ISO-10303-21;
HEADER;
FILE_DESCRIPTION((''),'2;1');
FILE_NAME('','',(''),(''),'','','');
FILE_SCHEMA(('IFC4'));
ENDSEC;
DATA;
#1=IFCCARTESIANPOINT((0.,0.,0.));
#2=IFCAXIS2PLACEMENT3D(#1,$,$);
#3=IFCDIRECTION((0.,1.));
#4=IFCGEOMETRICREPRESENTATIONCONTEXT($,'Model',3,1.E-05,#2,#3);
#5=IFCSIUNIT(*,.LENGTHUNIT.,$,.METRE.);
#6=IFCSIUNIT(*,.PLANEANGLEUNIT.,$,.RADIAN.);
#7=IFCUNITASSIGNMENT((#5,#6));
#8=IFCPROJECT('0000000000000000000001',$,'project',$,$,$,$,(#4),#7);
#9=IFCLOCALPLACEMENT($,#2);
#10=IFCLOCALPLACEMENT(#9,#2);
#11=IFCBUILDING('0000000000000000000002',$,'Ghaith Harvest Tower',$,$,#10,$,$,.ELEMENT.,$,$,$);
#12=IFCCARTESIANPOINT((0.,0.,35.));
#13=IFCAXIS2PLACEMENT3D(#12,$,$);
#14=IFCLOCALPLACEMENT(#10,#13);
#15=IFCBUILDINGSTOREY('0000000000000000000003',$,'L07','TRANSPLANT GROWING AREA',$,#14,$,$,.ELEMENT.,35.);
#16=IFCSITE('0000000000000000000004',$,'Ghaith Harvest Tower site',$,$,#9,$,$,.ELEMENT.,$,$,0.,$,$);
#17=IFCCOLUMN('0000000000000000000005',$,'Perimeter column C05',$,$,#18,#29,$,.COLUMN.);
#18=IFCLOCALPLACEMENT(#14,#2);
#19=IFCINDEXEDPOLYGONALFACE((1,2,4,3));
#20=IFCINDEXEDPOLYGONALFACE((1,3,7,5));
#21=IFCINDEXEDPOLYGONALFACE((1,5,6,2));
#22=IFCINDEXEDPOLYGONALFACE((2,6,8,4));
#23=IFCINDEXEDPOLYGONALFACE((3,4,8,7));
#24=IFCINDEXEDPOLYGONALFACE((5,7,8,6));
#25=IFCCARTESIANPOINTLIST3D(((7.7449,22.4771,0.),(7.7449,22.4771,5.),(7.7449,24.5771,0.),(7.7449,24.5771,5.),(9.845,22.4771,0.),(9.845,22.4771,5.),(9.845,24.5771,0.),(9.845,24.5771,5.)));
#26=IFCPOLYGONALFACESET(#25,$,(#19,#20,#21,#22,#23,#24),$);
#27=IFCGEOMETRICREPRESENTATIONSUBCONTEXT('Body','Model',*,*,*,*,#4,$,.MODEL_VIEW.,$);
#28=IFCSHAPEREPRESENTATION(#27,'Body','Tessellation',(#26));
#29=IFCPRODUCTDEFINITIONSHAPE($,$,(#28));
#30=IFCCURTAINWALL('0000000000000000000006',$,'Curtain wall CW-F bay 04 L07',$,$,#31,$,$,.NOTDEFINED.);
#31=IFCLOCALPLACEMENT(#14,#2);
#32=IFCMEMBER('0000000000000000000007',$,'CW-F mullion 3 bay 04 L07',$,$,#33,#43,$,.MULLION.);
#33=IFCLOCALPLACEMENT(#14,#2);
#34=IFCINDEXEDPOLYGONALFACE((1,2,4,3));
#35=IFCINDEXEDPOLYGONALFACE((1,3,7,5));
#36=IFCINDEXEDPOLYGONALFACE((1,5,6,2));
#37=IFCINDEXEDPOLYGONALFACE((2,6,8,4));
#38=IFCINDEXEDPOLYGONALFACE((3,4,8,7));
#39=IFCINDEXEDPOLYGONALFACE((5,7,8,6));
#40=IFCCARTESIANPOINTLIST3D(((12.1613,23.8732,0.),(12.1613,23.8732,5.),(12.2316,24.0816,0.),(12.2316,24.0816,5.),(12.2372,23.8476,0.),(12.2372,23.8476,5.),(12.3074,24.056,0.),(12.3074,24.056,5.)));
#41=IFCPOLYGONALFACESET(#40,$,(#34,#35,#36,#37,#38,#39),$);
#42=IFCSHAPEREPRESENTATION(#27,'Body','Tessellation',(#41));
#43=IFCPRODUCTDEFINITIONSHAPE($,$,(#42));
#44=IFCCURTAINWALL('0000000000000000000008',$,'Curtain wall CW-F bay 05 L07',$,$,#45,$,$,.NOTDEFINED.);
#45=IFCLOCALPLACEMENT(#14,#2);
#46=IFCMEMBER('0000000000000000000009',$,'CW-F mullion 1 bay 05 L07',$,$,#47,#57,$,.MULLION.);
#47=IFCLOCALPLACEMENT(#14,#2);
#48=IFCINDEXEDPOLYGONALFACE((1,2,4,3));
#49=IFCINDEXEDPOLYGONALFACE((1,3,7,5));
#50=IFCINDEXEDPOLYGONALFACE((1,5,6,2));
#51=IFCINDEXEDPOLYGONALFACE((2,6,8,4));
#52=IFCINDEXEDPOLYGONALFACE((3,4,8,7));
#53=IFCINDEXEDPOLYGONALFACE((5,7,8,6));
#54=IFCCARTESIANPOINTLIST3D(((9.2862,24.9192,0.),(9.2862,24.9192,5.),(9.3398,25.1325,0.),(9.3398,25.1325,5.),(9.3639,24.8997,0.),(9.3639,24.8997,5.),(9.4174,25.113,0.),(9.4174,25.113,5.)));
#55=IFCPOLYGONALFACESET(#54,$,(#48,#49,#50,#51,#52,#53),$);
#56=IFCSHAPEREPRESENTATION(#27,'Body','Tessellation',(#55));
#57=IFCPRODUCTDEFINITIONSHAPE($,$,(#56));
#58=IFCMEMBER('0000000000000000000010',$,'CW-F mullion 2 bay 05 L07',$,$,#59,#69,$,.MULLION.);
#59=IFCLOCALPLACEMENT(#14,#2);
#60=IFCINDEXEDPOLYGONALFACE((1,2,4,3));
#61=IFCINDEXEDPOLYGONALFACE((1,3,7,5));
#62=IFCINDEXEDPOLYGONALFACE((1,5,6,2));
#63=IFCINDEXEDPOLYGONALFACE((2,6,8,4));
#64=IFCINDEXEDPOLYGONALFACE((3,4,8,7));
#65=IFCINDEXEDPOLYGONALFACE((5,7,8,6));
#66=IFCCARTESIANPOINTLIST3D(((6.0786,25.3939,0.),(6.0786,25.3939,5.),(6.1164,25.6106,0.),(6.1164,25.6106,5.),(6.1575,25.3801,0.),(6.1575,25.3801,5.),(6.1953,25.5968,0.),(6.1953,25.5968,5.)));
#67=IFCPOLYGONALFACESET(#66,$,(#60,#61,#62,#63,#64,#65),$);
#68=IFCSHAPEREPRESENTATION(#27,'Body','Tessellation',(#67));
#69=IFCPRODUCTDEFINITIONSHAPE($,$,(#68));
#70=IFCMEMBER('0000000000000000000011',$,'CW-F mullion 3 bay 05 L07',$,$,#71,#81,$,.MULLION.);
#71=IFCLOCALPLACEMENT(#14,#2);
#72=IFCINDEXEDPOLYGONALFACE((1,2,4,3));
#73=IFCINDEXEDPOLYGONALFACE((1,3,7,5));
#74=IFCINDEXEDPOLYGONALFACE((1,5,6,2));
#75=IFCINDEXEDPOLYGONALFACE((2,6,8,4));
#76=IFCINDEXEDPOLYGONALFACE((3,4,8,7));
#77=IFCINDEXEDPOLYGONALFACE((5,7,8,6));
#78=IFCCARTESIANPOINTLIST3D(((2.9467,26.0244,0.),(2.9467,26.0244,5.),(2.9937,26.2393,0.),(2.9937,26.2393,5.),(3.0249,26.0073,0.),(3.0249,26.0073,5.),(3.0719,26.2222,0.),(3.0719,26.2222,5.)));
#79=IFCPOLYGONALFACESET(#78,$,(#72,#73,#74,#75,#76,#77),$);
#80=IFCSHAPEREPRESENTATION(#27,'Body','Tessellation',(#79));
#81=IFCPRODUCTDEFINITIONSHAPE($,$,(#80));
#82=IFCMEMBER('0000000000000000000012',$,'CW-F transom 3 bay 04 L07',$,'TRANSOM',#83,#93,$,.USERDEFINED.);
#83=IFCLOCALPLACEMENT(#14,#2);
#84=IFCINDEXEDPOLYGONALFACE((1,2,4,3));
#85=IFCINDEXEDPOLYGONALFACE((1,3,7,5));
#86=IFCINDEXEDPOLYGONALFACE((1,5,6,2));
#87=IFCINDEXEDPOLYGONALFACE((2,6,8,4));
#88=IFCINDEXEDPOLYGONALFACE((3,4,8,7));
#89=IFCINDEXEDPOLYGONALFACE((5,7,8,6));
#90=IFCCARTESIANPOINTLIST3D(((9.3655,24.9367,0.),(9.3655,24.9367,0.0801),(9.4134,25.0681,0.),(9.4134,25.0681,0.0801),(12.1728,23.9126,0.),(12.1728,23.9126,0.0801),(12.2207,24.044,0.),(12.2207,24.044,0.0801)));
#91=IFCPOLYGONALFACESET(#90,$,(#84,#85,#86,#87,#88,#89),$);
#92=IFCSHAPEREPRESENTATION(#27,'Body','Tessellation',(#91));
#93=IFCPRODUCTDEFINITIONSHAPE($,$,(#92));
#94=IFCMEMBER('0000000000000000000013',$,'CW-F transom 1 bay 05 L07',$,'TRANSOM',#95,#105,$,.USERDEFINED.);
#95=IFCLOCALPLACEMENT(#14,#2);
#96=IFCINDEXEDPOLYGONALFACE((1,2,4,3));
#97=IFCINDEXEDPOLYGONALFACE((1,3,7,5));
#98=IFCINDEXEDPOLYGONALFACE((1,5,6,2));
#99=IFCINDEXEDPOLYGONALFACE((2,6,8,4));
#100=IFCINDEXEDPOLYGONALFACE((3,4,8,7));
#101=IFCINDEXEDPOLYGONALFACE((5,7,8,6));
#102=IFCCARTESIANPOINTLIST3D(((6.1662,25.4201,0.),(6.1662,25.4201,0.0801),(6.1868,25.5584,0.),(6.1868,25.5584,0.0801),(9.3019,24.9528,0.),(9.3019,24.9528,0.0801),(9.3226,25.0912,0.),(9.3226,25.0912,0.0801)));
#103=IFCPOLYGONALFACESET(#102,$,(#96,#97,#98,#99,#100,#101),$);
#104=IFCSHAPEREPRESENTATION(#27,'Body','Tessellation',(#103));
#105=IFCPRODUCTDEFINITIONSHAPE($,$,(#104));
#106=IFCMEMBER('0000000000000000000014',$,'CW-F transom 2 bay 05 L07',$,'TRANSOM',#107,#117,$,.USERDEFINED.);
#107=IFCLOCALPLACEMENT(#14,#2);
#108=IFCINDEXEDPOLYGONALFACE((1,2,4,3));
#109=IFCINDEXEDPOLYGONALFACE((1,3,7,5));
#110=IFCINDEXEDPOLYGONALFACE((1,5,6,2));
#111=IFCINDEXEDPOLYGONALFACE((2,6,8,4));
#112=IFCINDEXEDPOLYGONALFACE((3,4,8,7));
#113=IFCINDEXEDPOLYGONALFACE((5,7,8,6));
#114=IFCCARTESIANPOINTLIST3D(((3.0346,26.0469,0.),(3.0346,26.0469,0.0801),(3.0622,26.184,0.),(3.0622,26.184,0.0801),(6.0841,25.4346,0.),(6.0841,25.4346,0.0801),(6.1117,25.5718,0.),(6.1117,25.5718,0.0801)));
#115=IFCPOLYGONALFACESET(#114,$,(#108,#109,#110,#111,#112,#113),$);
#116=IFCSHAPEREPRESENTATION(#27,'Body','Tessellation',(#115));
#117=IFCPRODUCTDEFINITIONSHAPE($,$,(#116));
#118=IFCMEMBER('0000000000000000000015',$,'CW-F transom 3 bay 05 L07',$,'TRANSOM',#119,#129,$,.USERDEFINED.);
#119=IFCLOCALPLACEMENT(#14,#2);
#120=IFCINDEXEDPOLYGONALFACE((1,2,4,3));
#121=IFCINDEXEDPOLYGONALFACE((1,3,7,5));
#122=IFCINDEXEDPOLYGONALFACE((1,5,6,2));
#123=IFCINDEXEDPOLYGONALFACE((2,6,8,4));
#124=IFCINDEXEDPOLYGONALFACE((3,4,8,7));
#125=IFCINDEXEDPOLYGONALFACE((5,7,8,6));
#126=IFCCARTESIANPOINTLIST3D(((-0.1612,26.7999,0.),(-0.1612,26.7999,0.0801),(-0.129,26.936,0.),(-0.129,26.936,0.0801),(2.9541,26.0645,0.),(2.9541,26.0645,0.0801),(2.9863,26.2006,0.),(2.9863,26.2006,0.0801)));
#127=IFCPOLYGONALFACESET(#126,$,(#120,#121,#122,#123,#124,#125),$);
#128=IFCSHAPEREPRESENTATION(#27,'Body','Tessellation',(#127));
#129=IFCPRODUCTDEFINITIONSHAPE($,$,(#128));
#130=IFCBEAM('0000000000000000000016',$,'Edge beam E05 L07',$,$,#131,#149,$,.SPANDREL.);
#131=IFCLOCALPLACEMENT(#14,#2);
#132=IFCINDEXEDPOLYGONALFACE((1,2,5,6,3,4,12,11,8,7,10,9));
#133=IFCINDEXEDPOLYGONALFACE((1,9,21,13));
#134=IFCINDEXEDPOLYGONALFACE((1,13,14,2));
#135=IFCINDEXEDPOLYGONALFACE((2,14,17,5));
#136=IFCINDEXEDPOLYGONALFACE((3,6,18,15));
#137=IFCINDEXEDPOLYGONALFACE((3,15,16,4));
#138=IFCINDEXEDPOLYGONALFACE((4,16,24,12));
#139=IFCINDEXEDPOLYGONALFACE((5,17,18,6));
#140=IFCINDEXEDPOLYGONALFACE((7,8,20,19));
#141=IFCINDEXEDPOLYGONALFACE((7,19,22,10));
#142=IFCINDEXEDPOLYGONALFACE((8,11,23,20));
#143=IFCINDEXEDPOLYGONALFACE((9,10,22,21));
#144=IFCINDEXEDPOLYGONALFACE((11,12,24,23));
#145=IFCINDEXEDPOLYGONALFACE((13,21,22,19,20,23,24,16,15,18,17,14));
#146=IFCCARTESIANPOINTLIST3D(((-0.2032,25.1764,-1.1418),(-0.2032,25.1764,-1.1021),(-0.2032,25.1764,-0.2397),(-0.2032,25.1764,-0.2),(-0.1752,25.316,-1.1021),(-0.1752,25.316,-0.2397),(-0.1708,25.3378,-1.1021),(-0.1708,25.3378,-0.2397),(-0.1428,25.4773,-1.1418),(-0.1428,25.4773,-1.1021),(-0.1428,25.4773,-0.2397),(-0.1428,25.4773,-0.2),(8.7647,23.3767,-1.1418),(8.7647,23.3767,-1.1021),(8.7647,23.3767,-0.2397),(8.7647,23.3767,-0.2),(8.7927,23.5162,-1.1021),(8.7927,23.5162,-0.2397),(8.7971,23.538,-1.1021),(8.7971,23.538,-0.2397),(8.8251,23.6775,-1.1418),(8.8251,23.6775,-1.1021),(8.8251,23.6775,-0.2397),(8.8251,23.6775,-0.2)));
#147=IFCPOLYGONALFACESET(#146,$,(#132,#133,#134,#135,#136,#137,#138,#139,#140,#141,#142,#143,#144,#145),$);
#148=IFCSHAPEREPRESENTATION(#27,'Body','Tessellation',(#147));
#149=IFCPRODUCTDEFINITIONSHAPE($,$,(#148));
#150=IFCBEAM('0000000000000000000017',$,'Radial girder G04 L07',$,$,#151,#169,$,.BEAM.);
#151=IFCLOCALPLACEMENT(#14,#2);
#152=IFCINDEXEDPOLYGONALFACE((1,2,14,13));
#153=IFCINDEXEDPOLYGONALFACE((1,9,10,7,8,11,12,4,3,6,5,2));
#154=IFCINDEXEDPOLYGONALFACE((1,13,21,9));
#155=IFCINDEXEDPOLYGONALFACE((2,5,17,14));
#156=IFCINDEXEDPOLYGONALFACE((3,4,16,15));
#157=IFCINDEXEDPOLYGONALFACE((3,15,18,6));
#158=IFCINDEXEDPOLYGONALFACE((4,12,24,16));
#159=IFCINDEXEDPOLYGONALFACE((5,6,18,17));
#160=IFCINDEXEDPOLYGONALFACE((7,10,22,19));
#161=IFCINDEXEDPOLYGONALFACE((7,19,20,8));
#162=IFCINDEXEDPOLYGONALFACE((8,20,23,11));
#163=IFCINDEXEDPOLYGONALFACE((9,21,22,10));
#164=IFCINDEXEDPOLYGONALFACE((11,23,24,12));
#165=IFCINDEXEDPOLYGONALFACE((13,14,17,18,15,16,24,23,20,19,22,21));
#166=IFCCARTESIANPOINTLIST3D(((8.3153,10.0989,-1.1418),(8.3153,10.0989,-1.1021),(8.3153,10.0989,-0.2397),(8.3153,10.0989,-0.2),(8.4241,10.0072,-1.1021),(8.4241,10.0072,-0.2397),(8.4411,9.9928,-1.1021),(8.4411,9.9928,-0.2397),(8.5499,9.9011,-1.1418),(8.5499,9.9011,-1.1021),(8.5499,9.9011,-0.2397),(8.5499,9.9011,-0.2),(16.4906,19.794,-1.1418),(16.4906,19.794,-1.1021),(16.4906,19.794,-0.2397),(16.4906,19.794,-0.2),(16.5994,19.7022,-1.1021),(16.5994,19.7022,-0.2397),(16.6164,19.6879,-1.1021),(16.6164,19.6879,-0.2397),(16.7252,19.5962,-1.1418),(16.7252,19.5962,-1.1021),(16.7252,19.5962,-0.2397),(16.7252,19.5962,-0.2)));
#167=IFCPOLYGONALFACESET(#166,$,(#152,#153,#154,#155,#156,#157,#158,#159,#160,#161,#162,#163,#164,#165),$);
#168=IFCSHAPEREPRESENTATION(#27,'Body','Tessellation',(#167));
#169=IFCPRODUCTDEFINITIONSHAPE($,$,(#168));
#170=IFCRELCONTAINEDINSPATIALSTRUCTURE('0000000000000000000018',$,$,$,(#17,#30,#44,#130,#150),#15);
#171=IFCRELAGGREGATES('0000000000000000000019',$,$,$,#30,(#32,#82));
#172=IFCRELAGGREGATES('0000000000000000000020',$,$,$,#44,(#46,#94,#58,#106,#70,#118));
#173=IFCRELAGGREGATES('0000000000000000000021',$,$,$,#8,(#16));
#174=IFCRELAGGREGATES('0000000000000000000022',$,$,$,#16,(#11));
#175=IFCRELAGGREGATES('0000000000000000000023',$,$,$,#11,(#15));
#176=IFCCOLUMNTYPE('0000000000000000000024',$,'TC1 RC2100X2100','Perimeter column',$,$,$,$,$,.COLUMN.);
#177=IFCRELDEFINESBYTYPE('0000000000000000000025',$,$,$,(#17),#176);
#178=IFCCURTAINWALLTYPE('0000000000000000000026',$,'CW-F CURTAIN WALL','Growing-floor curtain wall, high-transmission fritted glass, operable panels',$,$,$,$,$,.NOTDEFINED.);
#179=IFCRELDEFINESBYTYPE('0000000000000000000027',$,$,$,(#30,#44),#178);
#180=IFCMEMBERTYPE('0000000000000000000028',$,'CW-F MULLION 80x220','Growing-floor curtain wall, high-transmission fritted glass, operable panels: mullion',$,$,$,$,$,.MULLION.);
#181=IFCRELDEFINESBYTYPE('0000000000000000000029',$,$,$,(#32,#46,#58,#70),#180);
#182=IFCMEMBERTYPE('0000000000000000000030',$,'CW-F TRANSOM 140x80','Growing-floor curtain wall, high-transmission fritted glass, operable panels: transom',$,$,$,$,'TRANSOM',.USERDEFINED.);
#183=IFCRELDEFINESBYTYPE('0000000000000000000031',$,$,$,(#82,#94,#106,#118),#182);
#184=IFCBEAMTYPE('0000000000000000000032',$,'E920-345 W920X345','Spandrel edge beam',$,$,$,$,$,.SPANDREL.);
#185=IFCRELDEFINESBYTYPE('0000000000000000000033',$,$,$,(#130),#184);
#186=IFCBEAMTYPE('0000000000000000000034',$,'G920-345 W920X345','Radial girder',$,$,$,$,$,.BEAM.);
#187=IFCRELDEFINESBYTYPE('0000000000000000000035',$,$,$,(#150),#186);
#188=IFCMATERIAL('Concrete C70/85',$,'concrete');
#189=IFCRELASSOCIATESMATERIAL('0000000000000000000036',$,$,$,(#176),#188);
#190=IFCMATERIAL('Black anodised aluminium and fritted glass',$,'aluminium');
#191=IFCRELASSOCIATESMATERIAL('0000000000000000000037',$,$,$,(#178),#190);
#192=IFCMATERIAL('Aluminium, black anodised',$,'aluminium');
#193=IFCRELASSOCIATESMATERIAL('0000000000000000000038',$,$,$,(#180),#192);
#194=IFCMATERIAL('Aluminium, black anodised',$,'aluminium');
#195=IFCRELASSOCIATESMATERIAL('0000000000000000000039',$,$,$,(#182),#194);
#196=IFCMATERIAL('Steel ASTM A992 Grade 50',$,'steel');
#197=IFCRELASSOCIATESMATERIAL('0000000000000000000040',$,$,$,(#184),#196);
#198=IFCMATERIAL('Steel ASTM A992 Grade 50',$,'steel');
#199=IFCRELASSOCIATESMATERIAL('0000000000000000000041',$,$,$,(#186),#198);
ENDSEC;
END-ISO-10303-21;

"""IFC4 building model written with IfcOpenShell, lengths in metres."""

from ifc_helpers import new_model, si_unit, direction, frame, origin, origin_2d, place, context, subcontext, project, spatial, rectangle, i_section, extrude, material, material_profile, profile_set, type_object, element, aggregate, save


model = new_model("IFC4")

# Units and contexts
model_context = context("Model", 3, precision=1e-05, world=origin(), true_north=direction((0.0, 1.0)))
body_context = subcontext(model_context, "Body", "Model", "MODEL_VIEW")
ifc_project = project(units=[si_unit("LENGTHUNIT", "METRE"), si_unit("PLANEANGLEUNIT", "RADIAN")], contexts=[model_context])

# Site, building, storey
site_placement = place(None, origin())
site = spatial("IfcSite", under=ifc_project, at=site_placement, Name="Ghaith Harvest Tower site", CompositionType="ELEMENT", RefElevation=0.0)
building_placement = place(site_placement, origin())
building = spatial("IfcBuilding", under=site, at=building_placement, Name="Ghaith Harvest Tower", CompositionType="ELEMENT")
storey_placement = place(building_placement, frame((0.0, 0.0, 35.0)))
storey = spatial("IfcBuildingStorey", under=building, at=storey_placement, Name="L07", Description="TRANSPLANT GROWING AREA", CompositionType="ELEMENT", Elevation=35.0)

# Column
ifc_material_1 = material(Name="Concrete C70/85", Category="concrete")
ifc_material_profile_1 = material_profile(ifc_material_1, rectangle(XDim=2.1001, YDim=2.1001, at=origin_2d()), Name="RC2100X2100")
ifc_profile_set_1 = profile_set([ifc_material_profile_1], Name="Concrete C70/85")
column_type = type_object("IfcColumnType", Name="TC1 RC2100X2100", Description="Perimeter column", PredefinedType="COLUMN", material=ifc_profile_set_1)
column_placement = place(storey_placement, frame((8.7949, 23.5271, 0.0), z_axis=(0.0, 0.0, 1.0), x_axis=(1.0, 0.0, 0.0)))
element("IfcColumn", 1, at=column_placement, inside=storey, type_object=column_type, Name="Perimeter column C05", PredefinedType="COLUMN", context=body_context, shape_type="SweptSolid", body=[
    extrude(rectangle(XDim=2.1001, YDim=2.1001, at=origin_2d()), origin(), (0.0, 0.0, 1.0), 5.0),
])

# Curtain wall, member
ifc_material_2 = material(Name="Black anodised aluminium and fritted glass", Category="aluminium")
curtain_wall_type = type_object("IfcCurtainWallType", Name="CW-F CURTAIN WALL", Description="Growing-floor curtain wall, high-transmission fritted glass, operable panels", PredefinedType="NOTDEFINED", material=ifc_material_2)
curtain_wall_1_placement = place(storey_placement, origin())
curtain_wall_1 = element("IfcCurtainWall", 2, at=curtain_wall_1_placement, inside=storey, type_object=curtain_wall_type, Name="Curtain wall CW-F bay 04 L07", PredefinedType="NOTDEFINED")
ifc_material_3 = material(Name="Aluminium, black anodised", Category="aluminium")
ifc_material_profile_2 = material_profile(ifc_material_3, rectangle(XDim=0.0801, YDim=0.22, at=origin_2d()), Name="CW-F MULLION 80x220")
ifc_profile_set_2 = profile_set([ifc_material_profile_2], Name="Aluminium, black anodised")
member_type_1 = type_object("IfcMemberType", Name="CW-F MULLION 80x220", Description="Growing-floor curtain wall, high-transmission fritted glass, operable panels: mullion", PredefinedType="MULLION", material=ifc_profile_set_2)
member_1_placement = place(storey_placement, frame((12.2344, 23.9646, 0.0), z_axis=(0.0, 0.0, 1.0), x_axis=(-0.947653, 0.319301, 0.0)))
member_1 = element("IfcMember", 3, at=member_1_placement, type_object=member_type_1, Name="CW-F mullion 3 bay 04 L07", PredefinedType="MULLION", context=body_context, shape_type="SweptSolid", body=[
    extrude(rectangle(XDim=0.0801, YDim=0.22, at=origin_2d()), origin(), (0.0, 0.0, 1.0), 5.0),
])

# Curtain wall, members
curtain_wall_2_placement = place(storey_placement, origin())
curtain_wall_2 = element("IfcCurtainWall", 4, at=curtain_wall_2_placement, inside=storey, type_object=curtain_wall_type, Name="Curtain wall CW-F bay 05 L07", PredefinedType="NOTDEFINED")
member_2_placement = place(storey_placement, frame((9.3518, 25.0161, 0.0), z_axis=(0.0, 0.0, 1.0), x_axis=(-0.969903, 0.24349, 0.0)))
member_2 = element("IfcMember", 5, at=member_2_placement, type_object=member_type_1, Name="CW-F mullion 1 bay 05 L07", PredefinedType="MULLION", context=body_context, shape_type="SweptSolid", body=[
    extrude(rectangle(XDim=0.0801, YDim=0.22, at=origin_2d()), origin(), (0.0, 0.0, 1.0), 5.0),
])
member_3_placement = place(storey_placement, frame((6.137, 25.4954, 0.0), z_axis=(0.0, 0.0, 1.0), x_axis=(-0.985104, 0.171961, 0.0)))
member_3 = element("IfcMember", 6, at=member_3_placement, type_object=member_type_1, Name="CW-F mullion 2 bay 05 L07", PredefinedType="MULLION", context=body_context, shape_type="SweptSolid", body=[
    extrude(rectangle(XDim=0.0801, YDim=0.22, at=origin_2d()), origin(), (0.0, 0.0, 1.0), 5.0),
])
member_4_placement = place(storey_placement, frame((3.0093, 26.1233, 0.0), z_axis=(0.0, 0.0, 1.0), x_axis=(-0.976927, 0.213572, 0.0)))
member_4 = element("IfcMember", 7, at=member_4_placement, type_object=member_type_1, Name="CW-F mullion 3 bay 05 L07", PredefinedType="MULLION", context=body_context, shape_type="SweptSolid", body=[
    extrude(rectangle(XDim=0.0801, YDim=0.22, at=origin_2d()), origin(), (0.0, 0.0, 1.0), 5.0),
])

# Members
ifc_material_4 = material(Name="Aluminium, black anodised", Category="aluminium")
ifc_material_profile_3 = material_profile(ifc_material_4, rectangle(XDim=0.1399, YDim=0.0801, at=origin_2d()), Name="CW-F TRANSOM 140x80")
ifc_profile_set_3 = profile_set([ifc_material_profile_3], Name="Aluminium, black anodised")
member_type_2 = type_object("IfcMemberType", Name="CW-F TRANSOM 140x80", Description="Growing-floor curtain wall, high-transmission fritted glass, operable panels: transom", ElementType="TRANSOM", PredefinedType="USERDEFINED", material=ifc_profile_set_3)
member_5_placement = place(storey_placement, frame((12.1968, 23.9783, 0.04), z_axis=(-0.939438, 0.34272, 0.0), x_axis=(-0.34272, -0.939438, 0.0)))
member_5 = element("IfcMember", 8, at=member_5_placement, type_object=member_type_2, Name="CW-F transom 3 bay 04 L07", ObjectType="TRANSOM", PredefinedType="USERDEFINED", context=body_context, shape_type="SweptSolid", body=[
    extrude(rectangle(XDim=0.1399, YDim=0.0801, at=origin_2d()), origin(), (0.0, 0.0, 1.0), 2.9883),
])
member_6_placement = place(storey_placement, frame((9.3123, 25.022, 0.04), z_axis=(-0.989078, 0.147391, 0.0), x_axis=(-0.147391, -0.989078, 0.0)))
member_6 = element("IfcMember", 9, at=member_6_placement, type_object=member_type_2, Name="CW-F transom 1 bay 05 L07", ObjectType="TRANSOM", PredefinedType="USERDEFINED", context=body_context, shape_type="SweptSolid", body=[
    extrude(rectangle(XDim=0.1399, YDim=0.0801, at=origin_2d()), origin(), (0.0, 0.0, 1.0), 3.1704),
])
member_7_placement = place(storey_placement, frame((6.0979, 25.5032, 0.04), z_axis=(-0.980432, 0.196856, 0.0), x_axis=(-0.196856, -0.980432, 0.0)))
member_7 = element("IfcMember", 10, at=member_7_placement, type_object=member_type_2, Name="CW-F transom 2 bay 05 L07", ObjectType="TRANSOM", PredefinedType="USERDEFINED", context=body_context, shape_type="SweptSolid", body=[
    extrude(rectangle(XDim=0.1399, YDim=0.0801, at=origin_2d()), origin(), (0.0, 0.0, 1.0), 3.1104),
])
member_8_placement = place(storey_placement, frame((2.9702, 26.1326, 0.04), z_axis=(-0.973253, 0.229736, 0.0), x_axis=(-0.229736, -0.973253, 0.0)))
member_8 = element("IfcMember", 11, at=member_8_placement, type_object=member_type_2, Name="CW-F transom 3 bay 05 L07", ObjectType="TRANSOM", PredefinedType="USERDEFINED", context=body_context, shape_type="SweptSolid", body=[
    extrude(rectangle(XDim=0.1399, YDim=0.0801, at=origin_2d()), origin(), (0.0, 0.0, 1.0), 3.2009),
])

# Beams
ifc_material_5 = material(Name="Steel ASTM A992 Grade 50", Category="steel")
ifc_material_profile_4 = material_profile(ifc_material_5, i_section(OverallWidth=0.3069, OverallDepth=0.9419, WebThickness=0.0222, FlangeThickness=0.0398, at=origin_2d()), Name="W920X345")
ifc_profile_set_4 = profile_set([ifc_material_profile_4], Name="Steel ASTM A992 Grade 50")
beam_type_1 = type_object("IfcBeamType", Name="E920-345 W920X345", Description="Spandrel edge beam", PredefinedType="SPANDREL", material=ifc_profile_set_4)
beam_1_placement = place(storey_placement, frame((8.7949, 23.5271, -0.6709), z_axis=(-0.98045, 0.196768, 0.0), x_axis=(-0.196768, -0.98045, 0.0)))
element("IfcBeam", 12, at=beam_1_placement, inside=storey, type_object=beam_type_1, Name="Edge beam E05 L07", PredefinedType="SPANDREL", context=body_context, shape_type="SweptSolid", body=[
    extrude(i_section(OverallWidth=0.3069, OverallDepth=0.9419, WebThickness=0.0222, FlangeThickness=0.0398, at=origin_2d()), origin(), (0.0, 0.0, 1.0), 9.1467),
])
ifc_material_6 = material(Name="Steel ASTM A992 Grade 50", Category="steel")
ifc_material_profile_5 = material_profile(ifc_material_6, i_section(OverallWidth=0.3069, OverallDepth=0.9419, WebThickness=0.0222, FlangeThickness=0.0398, at=origin_2d()), Name="W920X345")
ifc_profile_set_5 = profile_set([ifc_material_profile_5], Name="Steel ASTM A992 Grade 50")
beam_type_2 = type_object("IfcBeamType", Name="G920-345 W920X345", Description="Radial girder", PredefinedType="BEAM", material=ifc_profile_set_5)
beam_2_placement = place(storey_placement, frame((8.4326, 10.0, -0.6709), z_axis=(0.644644, 0.764483, 0.0), x_axis=(-0.764483, 0.644644, 0.0)))
element("IfcBeam", 13, at=beam_2_placement, inside=storey, type_object=beam_type_2, Name="Radial girder G04 L07", PredefinedType="BEAM", context=body_context, shape_type="SweptSolid", body=[
    extrude(i_section(OverallWidth=0.3069, OverallDepth=0.9419, WebThickness=0.0222, FlangeThickness=0.0398, at=origin_2d()), origin(), (0.0, 0.0, 1.0), 12.6819),
])

aggregate(curtain_wall_1, [member_1, member_5])
aggregate(curtain_wall_2, [member_2, member_6, member_3, member_7, member_4, member_8])

save(model, "model.ifc")
